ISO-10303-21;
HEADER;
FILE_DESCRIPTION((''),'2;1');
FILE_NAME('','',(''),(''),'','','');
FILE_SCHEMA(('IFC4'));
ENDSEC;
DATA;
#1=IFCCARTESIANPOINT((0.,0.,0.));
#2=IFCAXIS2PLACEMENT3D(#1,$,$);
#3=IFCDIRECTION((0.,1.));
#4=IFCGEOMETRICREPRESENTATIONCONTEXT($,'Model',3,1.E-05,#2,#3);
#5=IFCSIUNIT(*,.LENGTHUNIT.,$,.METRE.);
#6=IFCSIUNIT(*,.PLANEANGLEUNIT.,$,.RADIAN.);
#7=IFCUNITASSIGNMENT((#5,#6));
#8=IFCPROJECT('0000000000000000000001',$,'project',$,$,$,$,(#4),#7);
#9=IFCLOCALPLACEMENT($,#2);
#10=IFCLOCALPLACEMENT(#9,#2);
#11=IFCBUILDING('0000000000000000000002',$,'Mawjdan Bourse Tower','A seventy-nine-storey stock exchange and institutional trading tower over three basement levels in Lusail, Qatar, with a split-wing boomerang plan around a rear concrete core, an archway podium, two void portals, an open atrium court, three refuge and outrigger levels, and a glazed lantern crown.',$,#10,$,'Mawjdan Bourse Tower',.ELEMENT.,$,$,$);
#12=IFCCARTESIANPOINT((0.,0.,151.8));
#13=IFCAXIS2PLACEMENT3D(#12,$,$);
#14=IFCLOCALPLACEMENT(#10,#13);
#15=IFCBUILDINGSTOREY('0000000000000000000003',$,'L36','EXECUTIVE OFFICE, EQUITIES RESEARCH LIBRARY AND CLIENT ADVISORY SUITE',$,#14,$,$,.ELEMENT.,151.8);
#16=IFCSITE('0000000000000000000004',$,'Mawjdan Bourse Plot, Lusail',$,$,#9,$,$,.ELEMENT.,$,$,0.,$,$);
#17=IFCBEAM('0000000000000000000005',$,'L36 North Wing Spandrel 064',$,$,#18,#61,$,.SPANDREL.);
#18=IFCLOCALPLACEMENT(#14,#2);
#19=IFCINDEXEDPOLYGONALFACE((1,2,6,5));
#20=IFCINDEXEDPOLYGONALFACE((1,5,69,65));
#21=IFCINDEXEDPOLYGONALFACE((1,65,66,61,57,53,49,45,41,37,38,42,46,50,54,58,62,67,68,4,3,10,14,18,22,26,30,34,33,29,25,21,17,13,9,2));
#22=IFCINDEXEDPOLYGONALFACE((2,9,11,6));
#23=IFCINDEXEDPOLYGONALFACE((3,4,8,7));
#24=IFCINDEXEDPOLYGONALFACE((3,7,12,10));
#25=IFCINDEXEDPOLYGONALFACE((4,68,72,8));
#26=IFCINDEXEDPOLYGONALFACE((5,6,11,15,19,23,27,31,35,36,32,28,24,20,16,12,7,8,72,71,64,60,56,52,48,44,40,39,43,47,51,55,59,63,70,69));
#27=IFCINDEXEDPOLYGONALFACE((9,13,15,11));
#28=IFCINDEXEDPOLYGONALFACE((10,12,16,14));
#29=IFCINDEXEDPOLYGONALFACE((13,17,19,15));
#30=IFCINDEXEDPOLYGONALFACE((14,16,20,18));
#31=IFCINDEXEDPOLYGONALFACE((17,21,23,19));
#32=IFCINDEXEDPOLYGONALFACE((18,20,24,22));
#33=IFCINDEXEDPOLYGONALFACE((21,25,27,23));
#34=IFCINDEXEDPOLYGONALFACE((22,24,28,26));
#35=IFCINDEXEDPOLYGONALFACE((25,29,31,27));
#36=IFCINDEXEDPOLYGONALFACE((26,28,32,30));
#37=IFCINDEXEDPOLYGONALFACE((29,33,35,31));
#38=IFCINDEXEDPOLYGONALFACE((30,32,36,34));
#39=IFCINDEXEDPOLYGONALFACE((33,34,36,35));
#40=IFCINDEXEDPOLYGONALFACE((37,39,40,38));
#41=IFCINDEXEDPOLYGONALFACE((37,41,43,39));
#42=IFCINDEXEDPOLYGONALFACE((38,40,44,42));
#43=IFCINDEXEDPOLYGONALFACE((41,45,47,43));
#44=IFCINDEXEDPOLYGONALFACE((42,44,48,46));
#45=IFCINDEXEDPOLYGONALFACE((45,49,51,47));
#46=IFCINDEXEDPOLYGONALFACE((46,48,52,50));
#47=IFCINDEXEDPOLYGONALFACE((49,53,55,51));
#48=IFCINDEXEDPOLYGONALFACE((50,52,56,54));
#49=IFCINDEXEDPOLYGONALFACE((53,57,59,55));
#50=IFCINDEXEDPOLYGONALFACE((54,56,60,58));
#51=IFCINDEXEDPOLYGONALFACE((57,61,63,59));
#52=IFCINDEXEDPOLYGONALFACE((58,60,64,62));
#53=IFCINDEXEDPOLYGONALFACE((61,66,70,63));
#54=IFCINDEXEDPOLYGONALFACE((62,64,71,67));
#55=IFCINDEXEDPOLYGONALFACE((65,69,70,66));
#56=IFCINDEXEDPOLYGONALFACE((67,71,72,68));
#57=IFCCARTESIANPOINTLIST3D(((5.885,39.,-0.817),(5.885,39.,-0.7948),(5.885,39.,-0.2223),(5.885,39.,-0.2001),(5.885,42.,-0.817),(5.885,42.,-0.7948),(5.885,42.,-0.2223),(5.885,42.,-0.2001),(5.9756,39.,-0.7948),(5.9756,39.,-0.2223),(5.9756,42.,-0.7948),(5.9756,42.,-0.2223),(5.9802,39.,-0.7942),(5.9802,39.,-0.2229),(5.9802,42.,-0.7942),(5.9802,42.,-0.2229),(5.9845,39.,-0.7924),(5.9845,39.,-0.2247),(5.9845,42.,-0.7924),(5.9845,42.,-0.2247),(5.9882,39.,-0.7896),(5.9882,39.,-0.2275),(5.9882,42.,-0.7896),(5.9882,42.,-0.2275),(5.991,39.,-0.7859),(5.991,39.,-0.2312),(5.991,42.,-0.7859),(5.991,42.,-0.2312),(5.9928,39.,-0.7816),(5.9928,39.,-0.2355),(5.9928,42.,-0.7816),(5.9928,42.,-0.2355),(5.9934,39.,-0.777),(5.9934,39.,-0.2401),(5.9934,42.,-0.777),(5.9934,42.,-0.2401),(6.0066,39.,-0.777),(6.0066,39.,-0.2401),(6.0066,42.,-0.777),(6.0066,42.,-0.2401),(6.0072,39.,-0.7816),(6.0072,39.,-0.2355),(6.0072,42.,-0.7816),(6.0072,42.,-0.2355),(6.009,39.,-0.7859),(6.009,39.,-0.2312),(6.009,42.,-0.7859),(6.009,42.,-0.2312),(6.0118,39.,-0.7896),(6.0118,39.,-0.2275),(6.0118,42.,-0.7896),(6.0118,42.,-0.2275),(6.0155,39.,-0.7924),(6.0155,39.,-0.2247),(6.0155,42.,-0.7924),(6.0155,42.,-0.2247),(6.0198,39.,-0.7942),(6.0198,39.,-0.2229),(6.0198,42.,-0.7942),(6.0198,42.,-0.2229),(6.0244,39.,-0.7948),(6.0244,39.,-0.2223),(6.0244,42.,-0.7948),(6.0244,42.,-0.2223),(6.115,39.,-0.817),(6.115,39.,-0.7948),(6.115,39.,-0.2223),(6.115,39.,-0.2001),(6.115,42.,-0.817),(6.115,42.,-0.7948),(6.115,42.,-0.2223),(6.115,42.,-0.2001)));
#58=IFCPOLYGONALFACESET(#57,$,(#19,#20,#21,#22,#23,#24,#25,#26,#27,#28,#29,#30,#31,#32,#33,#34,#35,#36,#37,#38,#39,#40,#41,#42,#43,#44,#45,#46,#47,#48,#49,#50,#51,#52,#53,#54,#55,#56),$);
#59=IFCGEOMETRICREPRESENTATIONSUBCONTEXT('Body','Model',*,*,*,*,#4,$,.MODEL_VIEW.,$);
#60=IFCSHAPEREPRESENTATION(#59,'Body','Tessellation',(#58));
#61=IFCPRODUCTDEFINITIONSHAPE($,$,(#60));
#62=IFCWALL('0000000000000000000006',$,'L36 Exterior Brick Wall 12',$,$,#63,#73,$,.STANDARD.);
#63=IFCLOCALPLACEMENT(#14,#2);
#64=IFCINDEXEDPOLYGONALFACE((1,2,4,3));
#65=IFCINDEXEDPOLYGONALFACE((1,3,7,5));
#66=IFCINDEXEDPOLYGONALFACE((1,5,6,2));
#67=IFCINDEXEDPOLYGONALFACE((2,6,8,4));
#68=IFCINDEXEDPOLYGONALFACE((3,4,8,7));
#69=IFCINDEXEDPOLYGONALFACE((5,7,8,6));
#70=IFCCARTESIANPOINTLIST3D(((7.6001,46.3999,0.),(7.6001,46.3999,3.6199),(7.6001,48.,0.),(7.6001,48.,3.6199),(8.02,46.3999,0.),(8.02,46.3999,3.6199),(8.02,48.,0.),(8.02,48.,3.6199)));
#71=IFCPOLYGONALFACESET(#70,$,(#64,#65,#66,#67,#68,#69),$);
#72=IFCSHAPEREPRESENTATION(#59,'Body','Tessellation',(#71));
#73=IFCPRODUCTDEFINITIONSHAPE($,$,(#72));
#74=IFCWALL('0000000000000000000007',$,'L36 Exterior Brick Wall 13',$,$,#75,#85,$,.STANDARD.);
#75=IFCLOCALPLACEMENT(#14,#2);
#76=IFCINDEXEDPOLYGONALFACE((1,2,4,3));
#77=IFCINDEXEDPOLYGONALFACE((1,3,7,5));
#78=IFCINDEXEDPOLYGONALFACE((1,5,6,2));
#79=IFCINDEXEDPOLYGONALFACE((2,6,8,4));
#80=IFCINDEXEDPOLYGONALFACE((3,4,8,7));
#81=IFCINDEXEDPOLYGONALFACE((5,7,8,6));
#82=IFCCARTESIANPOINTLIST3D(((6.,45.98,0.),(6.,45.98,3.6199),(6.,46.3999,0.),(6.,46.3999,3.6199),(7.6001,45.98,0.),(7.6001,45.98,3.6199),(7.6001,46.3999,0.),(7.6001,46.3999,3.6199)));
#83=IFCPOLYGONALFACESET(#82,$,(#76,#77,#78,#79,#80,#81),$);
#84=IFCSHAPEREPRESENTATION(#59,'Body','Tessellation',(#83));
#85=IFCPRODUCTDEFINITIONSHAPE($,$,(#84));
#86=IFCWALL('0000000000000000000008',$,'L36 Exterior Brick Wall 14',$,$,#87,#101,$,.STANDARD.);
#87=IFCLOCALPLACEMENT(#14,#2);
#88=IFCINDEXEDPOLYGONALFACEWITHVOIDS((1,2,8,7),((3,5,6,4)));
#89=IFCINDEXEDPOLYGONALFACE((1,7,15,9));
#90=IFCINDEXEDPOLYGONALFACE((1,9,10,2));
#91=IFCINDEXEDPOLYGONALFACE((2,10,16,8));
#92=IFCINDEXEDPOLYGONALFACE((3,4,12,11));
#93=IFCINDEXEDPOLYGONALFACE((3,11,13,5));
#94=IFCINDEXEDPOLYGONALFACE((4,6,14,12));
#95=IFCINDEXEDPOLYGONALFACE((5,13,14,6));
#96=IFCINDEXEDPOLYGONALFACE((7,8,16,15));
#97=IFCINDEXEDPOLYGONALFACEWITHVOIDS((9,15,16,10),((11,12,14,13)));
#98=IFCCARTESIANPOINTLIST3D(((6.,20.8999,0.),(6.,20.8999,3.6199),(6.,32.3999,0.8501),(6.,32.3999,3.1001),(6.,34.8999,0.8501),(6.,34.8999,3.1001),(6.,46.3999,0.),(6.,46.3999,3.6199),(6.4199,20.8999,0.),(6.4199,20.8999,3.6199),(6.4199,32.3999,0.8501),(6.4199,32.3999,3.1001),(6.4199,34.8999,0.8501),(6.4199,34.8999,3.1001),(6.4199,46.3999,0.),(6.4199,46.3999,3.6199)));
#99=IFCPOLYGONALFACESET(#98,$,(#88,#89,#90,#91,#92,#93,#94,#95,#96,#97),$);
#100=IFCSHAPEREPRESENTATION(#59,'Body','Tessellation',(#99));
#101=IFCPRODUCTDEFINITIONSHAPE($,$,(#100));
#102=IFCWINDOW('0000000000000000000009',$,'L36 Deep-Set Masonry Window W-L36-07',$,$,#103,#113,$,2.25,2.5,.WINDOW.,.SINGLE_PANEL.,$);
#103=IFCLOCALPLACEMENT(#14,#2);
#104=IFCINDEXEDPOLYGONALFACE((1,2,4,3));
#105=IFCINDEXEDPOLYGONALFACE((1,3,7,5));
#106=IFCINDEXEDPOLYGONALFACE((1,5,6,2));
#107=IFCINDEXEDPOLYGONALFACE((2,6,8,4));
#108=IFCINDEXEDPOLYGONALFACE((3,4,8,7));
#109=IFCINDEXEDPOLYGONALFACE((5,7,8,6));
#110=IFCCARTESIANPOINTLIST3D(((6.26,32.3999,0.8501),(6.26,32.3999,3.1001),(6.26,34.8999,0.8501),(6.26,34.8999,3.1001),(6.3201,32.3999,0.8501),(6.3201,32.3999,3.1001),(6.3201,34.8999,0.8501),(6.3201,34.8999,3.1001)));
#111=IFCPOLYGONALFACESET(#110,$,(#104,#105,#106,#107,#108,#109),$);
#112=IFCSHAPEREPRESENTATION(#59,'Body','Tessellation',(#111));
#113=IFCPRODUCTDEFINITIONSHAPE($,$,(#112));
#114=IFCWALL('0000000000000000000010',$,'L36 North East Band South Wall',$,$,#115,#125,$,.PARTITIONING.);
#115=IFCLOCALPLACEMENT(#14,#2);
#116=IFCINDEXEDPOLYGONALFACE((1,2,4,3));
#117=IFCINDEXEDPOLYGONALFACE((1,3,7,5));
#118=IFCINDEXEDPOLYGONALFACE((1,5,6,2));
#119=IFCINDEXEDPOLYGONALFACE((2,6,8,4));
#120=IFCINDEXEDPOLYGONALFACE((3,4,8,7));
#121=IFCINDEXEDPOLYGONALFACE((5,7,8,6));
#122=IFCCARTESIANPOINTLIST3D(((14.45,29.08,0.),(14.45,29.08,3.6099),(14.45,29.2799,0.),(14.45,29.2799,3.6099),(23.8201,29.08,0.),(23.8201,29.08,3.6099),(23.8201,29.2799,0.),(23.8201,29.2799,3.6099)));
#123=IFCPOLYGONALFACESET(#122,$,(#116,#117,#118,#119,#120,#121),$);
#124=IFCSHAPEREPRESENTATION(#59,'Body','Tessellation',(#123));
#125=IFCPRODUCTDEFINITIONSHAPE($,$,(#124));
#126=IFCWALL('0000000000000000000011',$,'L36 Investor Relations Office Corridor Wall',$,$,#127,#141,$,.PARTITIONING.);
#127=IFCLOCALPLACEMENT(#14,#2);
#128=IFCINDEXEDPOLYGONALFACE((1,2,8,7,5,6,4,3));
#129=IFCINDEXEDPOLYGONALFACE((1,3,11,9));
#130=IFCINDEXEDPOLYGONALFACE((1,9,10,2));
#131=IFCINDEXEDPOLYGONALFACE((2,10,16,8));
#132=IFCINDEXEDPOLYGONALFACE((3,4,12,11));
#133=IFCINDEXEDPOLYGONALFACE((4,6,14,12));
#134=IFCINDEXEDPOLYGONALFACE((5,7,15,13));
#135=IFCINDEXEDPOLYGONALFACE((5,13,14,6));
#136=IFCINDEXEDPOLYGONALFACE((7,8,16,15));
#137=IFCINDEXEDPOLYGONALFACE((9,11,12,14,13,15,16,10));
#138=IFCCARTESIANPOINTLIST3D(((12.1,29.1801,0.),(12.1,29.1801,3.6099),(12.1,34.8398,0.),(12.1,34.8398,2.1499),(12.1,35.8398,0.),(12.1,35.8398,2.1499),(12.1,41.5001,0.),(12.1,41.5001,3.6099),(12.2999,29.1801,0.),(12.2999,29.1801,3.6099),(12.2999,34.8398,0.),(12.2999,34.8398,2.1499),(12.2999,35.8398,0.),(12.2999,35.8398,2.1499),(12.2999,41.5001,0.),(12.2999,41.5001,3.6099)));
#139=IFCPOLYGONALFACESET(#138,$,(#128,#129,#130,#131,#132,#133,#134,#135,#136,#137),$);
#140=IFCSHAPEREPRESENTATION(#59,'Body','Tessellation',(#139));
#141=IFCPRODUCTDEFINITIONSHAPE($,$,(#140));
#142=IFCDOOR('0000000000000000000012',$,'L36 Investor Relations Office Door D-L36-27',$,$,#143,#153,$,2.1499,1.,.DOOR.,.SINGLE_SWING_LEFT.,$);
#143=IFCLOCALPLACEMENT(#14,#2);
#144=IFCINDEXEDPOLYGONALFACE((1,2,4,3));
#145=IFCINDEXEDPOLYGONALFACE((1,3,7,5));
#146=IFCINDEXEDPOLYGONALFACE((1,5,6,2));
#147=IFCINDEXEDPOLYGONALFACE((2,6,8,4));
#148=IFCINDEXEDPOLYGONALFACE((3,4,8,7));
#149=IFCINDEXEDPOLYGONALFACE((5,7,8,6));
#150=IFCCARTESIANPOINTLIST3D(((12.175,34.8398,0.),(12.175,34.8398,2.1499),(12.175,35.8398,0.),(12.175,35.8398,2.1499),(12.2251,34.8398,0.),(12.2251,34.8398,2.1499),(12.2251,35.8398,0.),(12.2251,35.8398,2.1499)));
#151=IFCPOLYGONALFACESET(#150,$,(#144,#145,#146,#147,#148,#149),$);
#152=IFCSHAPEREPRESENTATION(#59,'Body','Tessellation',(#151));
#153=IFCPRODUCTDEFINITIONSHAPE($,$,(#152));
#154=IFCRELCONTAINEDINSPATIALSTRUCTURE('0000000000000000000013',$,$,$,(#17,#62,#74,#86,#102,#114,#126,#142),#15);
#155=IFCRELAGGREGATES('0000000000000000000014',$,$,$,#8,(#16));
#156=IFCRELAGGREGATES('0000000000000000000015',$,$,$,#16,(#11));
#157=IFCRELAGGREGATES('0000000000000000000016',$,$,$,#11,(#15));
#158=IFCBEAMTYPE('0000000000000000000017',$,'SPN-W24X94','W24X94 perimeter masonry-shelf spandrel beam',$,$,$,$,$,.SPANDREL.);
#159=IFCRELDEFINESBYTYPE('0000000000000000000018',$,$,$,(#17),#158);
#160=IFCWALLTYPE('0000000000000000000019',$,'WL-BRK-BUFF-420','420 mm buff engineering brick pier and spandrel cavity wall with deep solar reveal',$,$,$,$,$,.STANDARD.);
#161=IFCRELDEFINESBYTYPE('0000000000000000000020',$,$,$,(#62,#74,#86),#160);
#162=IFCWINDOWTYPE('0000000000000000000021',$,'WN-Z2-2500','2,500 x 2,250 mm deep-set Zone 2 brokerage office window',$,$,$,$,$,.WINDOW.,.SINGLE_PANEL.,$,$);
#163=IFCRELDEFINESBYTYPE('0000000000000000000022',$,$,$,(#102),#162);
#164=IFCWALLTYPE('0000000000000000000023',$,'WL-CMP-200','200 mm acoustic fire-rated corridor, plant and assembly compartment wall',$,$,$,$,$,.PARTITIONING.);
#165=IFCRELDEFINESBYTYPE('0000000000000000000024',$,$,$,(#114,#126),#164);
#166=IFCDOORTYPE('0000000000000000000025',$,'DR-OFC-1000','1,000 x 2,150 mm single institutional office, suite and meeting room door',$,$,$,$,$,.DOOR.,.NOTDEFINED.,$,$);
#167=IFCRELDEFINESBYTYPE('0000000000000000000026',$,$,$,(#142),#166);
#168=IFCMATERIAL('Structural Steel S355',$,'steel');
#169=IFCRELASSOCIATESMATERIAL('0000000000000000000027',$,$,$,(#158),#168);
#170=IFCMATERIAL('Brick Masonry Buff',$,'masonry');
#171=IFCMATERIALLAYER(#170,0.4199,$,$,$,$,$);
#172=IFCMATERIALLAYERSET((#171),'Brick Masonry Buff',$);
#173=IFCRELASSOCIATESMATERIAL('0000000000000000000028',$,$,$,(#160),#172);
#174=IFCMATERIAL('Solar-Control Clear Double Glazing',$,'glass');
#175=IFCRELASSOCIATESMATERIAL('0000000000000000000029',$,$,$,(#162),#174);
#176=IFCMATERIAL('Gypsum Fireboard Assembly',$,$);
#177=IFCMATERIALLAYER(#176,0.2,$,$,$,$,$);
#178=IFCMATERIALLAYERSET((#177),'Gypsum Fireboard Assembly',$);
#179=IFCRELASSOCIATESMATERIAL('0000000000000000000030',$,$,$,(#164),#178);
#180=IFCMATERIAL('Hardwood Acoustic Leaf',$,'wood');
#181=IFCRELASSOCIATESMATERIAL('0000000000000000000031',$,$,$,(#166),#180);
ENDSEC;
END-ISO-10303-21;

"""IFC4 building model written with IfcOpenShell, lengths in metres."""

from ifc_helpers import new_model, si_unit, direction, frame, frame_2d, origin, origin_2d, place, context, subcontext, project, spatial, rectangle, i_section, extrude, material, layer, layer_set, material_profile, profile_set, type_object, element, fill, save


model = new_model("IFC4")

# Units and contexts
model_context = context("Model", 3, precision=1e-05, world=origin(), true_north=direction((0.0, 1.0)))
body_context = subcontext(model_context, "Body", "Model", "MODEL_VIEW")
ifc_project = project(units=[si_unit("LENGTHUNIT", "METRE"), si_unit("PLANEANGLEUNIT", "RADIAN")], contexts=[model_context])

# Site, building, storey
site_placement = place(None, origin())
site = spatial("IfcSite", under=ifc_project, at=site_placement, Name="Mawjdan Bourse Plot, Lusail", CompositionType="ELEMENT", RefElevation=0.0)
building_placement = place(site_placement, origin())
building = spatial("IfcBuilding", under=site, at=building_placement, Name="Mawjdan Bourse Tower", Description="A seventy-nine-storey stock exchange and institutional trading tower over three basement levels in Lusail, Qatar, with a split-wing boomerang plan around a rear concrete core, an archway podium, two void portals, an open atrium court, three refuge and outrigger levels, and a glazed lantern crown.", LongName="Mawjdan Bourse Tower", CompositionType="ELEMENT")
storey_placement = place(building_placement, frame((0.0, 0.0, 151.8)))
storey = spatial("IfcBuildingStorey", under=building, at=storey_placement, Name="L36", Description="EXECUTIVE OFFICE, EQUITIES RESEARCH LIBRARY AND CLIENT ADVISORY SUITE", CompositionType="ELEMENT", Elevation=151.8)

# Beam
ifc_material_1 = material(Name="Structural Steel S355", Category="steel")
ifc_material_profile_1 = material_profile(ifc_material_1, i_section(OverallWidth=0.23, OverallDepth=0.6169, WebThickness=0.0132, FlangeThickness=0.0222, FilletRadius=0.0178, at=origin_2d()), Name="W24X94")
ifc_profile_set_1 = profile_set([ifc_material_profile_1], Name="Structural Steel S355")
beam_type_1 = type_object("IfcBeamType", Name="SPN-W24X94", Description="W24X94 perimeter masonry-shelf spandrel beam", PredefinedType="SPANDREL", material=ifc_profile_set_1)
for number, where, z_axis, x_axis, name in (
    (1, (6.0, 39.0, -0.5085), (0.0, 1.0, 0.0), (-1.0, 0.0, 0.0), "L36 North Wing Spandrel 064"),
):
    element("IfcBeam", number, at=place(storey_placement, frame(where, z_axis=z_axis, x_axis=x_axis)), inside=storey, type_object=beam_type_1, Name=name, PredefinedType="SPANDREL", context=body_context, shape_type="SweptSolid", body=[
        extrude(i_section(OverallWidth=0.23, OverallDepth=0.6169, WebThickness=0.0132, FlangeThickness=0.0222, FilletRadius=0.0178, at=origin_2d()), origin(), (0.0, 0.0, 1.0), 3.0),
    ])

# Walls
ifc_material_2 = material(Name="Brick Masonry Buff", Category="masonry")
ifc_layer_1 = layer(ifc_material_2, 0.4199)
ifc_layer_set_1 = layer_set([ifc_layer_1], Name="Brick Masonry Buff")
wall_type_1 = type_object("IfcWallType", Name="WL-BRK-BUFF-420", Description="420 mm buff engineering brick pier and spandrel cavity wall with deep solar reveal", PredefinedType="STANDARD", material=ifc_layer_set_1)
for number, where, z_axis, x_axis, name in (
    (2, (7.8101, 48.0, 0.0), (0.0, 0.0, 1.0), (0.0, -1.0, 0.0), "L36 Exterior Brick Wall 12"),
    (3, (7.6001, 46.1899, 0.0), (0.0, 0.0, 1.0), (-1.0, 0.0, 0.0), "L36 Exterior Brick Wall 13"),
):
    element("IfcWall", number, at=place(storey_placement, frame(where, z_axis=z_axis, x_axis=x_axis)), inside=storey, type_object=wall_type_1, Name=name, PredefinedType="STANDARD", context=body_context, shape_type="SweptSolid", body=[
        extrude(rectangle(XDim=1.6001, YDim=0.4199, at=frame_2d((0.8, 0.0))), origin(), (0.0, 0.0, 1.0), 3.6199),
    ])

# Wall, opening, window
wall_1_placement = place(storey_placement, frame((6.21, 46.3999, 0.0), z_axis=(0.0, 0.0, 1.0), x_axis=(0.0, -1.0, 0.0)))
wall_1 = element("IfcWall", 4, at=wall_1_placement, inside=storey, type_object=wall_type_1, Name="L36 Exterior Brick Wall 14", PredefinedType="STANDARD", context=body_context, shape_type="SweptSolid", body=[
    extrude(rectangle(XDim=25.5, YDim=0.4199, at=frame_2d((12.75, 0.0))), origin(), (0.0, 0.0, 1.0), 3.6199),
])
opening_1_placement = place(wall_1_placement, frame((11.5, 0.0, 0.8501)))
opening_1 = element("IfcOpeningElement", 5, at=opening_1_placement, cuts=wall_1, PredefinedType="OPENING", context=body_context, shape_type="SweptSolid", body=[
    extrude(rectangle(XDim=2.5, YDim=2.25, at=frame_2d((1.25, 1.125))), frame((0.0, 0.22, 0.0), z_axis=(0.0, -1.0, 0.0), x_axis=(1.0, 0.0, 0.0)), (0.0, 0.0, 1.0), 0.4399),
])
ifc_material_3 = material(Name="Solar-Control Clear Double Glazing", Category="glass")
window_type = type_object("IfcWindowType", Name="WN-Z2-2500", Description="2,500 x 2,250 mm deep-set Zone 2 brokerage office window", PartitioningType="SINGLE_PANEL", PredefinedType="WINDOW", material=ifc_material_3)
window_placement = place(opening_1_placement, origin())
window = element("IfcWindow", 6, at=window_placement, inside=storey, type_object=window_type, Name="L36 Deep-Set Masonry Window W-L36-07", OverallHeight=2.25, OverallWidth=2.5, PartitioningType="SINGLE_PANEL", PredefinedType="WINDOW", context=body_context, shape_type="SweptSolid", body=[
    extrude(rectangle(XDim=2.5, YDim=2.25, at=frame_2d((1.25, 1.125))), frame((0.0, 0.1101, 0.0), z_axis=(0.0, -1.0, 0.0), x_axis=(1.0, 0.0, 0.0)), (0.0, 0.0, 1.0), 0.0601),
])
fill(opening_1, window)

# Wall
ifc_material_4 = material(Name="Gypsum Fireboard Assembly")
ifc_layer_2 = layer(ifc_material_4, 0.2)
ifc_layer_set_2 = layer_set([ifc_layer_2], Name="Gypsum Fireboard Assembly")
wall_type_2 = type_object("IfcWallType", Name="WL-CMP-200", Description="200 mm acoustic fire-rated corridor, plant and assembly compartment wall", PredefinedType="PARTITIONING", material=ifc_layer_set_2)
wall_2_placement = place(storey_placement, frame((14.45, 29.1799, 0.0), z_axis=(0.0, 0.0, 1.0), x_axis=(1.0, 0.0, 0.0)))
element("IfcWall", 7, at=wall_2_placement, inside=storey, type_object=wall_type_2, Name="L36 North East Band South Wall", PredefinedType="PARTITIONING", context=body_context, shape_type="SweptSolid", body=[
    extrude(rectangle(XDim=9.3701, YDim=0.2, at=frame_2d((4.6851, 0.0))), origin(), (0.0, 0.0, 1.0), 3.6099),
])

# Wall, opening, door
wall_3_placement = place(storey_placement, frame((12.2, 29.1799, 0.0), z_axis=(0.0, 0.0, 1.0), x_axis=(0.0, 1.0, 0.0)))
wall_3 = element("IfcWall", 8, at=wall_3_placement, inside=storey, type_object=wall_type_2, Name="L36 Investor Relations Office Corridor Wall", PredefinedType="PARTITIONING", context=body_context, shape_type="SweptSolid", body=[
    extrude(rectangle(XDim=12.3201, YDim=0.2, at=frame_2d((6.1602, 0.0))), origin(), (0.0, 0.0, 1.0), 3.6099),
])
opening_2_placement = place(wall_3_placement, frame((5.6599, 0.0, 0.0)))
opening_2 = element("IfcOpeningElement", 9, at=opening_2_placement, cuts=wall_3, PredefinedType="OPENING", context=body_context, shape_type="SweptSolid", body=[
    extrude(rectangle(XDim=1.0, YDim=2.1499, at=frame_2d((0.5, 1.075))), frame((0.0, 0.1099, 0.0), z_axis=(0.0, -1.0, 0.0), x_axis=(1.0, 0.0, 0.0)), (0.0, 0.0, 1.0), 0.22),
])
ifc_material_5 = material(Name="Hardwood Acoustic Leaf", Category="wood")
door_type_1 = type_object("IfcDoorType", Name="DR-OFC-1000", Description="1,000 x 2,150 mm single institutional office, suite and meeting room door", OperationType="NOTDEFINED", PredefinedType="DOOR", material=ifc_material_5)
door_1_placement = place(opening_2_placement, origin())
door_1 = element("IfcDoor", 10, at=door_1_placement, inside=storey, type_object=door_type_1, Name="L36 Investor Relations Office Door D-L36-27", OperationType="SINGLE_SWING_LEFT", OverallHeight=2.1499, OverallWidth=1.0, PredefinedType="DOOR", context=body_context, shape_type="SweptSolid", body=[
    extrude(rectangle(XDim=1.0, YDim=2.1499, at=frame_2d((0.5, 1.075))), frame((0.0, 0.0249, 0.0), z_axis=(0.0, -1.0, 0.0), x_axis=(1.0, 0.0, 0.0)), (0.0, 0.0, 1.0), 0.05),
])
fill(opening_2, door_1)

save(model, "model.ifc")
